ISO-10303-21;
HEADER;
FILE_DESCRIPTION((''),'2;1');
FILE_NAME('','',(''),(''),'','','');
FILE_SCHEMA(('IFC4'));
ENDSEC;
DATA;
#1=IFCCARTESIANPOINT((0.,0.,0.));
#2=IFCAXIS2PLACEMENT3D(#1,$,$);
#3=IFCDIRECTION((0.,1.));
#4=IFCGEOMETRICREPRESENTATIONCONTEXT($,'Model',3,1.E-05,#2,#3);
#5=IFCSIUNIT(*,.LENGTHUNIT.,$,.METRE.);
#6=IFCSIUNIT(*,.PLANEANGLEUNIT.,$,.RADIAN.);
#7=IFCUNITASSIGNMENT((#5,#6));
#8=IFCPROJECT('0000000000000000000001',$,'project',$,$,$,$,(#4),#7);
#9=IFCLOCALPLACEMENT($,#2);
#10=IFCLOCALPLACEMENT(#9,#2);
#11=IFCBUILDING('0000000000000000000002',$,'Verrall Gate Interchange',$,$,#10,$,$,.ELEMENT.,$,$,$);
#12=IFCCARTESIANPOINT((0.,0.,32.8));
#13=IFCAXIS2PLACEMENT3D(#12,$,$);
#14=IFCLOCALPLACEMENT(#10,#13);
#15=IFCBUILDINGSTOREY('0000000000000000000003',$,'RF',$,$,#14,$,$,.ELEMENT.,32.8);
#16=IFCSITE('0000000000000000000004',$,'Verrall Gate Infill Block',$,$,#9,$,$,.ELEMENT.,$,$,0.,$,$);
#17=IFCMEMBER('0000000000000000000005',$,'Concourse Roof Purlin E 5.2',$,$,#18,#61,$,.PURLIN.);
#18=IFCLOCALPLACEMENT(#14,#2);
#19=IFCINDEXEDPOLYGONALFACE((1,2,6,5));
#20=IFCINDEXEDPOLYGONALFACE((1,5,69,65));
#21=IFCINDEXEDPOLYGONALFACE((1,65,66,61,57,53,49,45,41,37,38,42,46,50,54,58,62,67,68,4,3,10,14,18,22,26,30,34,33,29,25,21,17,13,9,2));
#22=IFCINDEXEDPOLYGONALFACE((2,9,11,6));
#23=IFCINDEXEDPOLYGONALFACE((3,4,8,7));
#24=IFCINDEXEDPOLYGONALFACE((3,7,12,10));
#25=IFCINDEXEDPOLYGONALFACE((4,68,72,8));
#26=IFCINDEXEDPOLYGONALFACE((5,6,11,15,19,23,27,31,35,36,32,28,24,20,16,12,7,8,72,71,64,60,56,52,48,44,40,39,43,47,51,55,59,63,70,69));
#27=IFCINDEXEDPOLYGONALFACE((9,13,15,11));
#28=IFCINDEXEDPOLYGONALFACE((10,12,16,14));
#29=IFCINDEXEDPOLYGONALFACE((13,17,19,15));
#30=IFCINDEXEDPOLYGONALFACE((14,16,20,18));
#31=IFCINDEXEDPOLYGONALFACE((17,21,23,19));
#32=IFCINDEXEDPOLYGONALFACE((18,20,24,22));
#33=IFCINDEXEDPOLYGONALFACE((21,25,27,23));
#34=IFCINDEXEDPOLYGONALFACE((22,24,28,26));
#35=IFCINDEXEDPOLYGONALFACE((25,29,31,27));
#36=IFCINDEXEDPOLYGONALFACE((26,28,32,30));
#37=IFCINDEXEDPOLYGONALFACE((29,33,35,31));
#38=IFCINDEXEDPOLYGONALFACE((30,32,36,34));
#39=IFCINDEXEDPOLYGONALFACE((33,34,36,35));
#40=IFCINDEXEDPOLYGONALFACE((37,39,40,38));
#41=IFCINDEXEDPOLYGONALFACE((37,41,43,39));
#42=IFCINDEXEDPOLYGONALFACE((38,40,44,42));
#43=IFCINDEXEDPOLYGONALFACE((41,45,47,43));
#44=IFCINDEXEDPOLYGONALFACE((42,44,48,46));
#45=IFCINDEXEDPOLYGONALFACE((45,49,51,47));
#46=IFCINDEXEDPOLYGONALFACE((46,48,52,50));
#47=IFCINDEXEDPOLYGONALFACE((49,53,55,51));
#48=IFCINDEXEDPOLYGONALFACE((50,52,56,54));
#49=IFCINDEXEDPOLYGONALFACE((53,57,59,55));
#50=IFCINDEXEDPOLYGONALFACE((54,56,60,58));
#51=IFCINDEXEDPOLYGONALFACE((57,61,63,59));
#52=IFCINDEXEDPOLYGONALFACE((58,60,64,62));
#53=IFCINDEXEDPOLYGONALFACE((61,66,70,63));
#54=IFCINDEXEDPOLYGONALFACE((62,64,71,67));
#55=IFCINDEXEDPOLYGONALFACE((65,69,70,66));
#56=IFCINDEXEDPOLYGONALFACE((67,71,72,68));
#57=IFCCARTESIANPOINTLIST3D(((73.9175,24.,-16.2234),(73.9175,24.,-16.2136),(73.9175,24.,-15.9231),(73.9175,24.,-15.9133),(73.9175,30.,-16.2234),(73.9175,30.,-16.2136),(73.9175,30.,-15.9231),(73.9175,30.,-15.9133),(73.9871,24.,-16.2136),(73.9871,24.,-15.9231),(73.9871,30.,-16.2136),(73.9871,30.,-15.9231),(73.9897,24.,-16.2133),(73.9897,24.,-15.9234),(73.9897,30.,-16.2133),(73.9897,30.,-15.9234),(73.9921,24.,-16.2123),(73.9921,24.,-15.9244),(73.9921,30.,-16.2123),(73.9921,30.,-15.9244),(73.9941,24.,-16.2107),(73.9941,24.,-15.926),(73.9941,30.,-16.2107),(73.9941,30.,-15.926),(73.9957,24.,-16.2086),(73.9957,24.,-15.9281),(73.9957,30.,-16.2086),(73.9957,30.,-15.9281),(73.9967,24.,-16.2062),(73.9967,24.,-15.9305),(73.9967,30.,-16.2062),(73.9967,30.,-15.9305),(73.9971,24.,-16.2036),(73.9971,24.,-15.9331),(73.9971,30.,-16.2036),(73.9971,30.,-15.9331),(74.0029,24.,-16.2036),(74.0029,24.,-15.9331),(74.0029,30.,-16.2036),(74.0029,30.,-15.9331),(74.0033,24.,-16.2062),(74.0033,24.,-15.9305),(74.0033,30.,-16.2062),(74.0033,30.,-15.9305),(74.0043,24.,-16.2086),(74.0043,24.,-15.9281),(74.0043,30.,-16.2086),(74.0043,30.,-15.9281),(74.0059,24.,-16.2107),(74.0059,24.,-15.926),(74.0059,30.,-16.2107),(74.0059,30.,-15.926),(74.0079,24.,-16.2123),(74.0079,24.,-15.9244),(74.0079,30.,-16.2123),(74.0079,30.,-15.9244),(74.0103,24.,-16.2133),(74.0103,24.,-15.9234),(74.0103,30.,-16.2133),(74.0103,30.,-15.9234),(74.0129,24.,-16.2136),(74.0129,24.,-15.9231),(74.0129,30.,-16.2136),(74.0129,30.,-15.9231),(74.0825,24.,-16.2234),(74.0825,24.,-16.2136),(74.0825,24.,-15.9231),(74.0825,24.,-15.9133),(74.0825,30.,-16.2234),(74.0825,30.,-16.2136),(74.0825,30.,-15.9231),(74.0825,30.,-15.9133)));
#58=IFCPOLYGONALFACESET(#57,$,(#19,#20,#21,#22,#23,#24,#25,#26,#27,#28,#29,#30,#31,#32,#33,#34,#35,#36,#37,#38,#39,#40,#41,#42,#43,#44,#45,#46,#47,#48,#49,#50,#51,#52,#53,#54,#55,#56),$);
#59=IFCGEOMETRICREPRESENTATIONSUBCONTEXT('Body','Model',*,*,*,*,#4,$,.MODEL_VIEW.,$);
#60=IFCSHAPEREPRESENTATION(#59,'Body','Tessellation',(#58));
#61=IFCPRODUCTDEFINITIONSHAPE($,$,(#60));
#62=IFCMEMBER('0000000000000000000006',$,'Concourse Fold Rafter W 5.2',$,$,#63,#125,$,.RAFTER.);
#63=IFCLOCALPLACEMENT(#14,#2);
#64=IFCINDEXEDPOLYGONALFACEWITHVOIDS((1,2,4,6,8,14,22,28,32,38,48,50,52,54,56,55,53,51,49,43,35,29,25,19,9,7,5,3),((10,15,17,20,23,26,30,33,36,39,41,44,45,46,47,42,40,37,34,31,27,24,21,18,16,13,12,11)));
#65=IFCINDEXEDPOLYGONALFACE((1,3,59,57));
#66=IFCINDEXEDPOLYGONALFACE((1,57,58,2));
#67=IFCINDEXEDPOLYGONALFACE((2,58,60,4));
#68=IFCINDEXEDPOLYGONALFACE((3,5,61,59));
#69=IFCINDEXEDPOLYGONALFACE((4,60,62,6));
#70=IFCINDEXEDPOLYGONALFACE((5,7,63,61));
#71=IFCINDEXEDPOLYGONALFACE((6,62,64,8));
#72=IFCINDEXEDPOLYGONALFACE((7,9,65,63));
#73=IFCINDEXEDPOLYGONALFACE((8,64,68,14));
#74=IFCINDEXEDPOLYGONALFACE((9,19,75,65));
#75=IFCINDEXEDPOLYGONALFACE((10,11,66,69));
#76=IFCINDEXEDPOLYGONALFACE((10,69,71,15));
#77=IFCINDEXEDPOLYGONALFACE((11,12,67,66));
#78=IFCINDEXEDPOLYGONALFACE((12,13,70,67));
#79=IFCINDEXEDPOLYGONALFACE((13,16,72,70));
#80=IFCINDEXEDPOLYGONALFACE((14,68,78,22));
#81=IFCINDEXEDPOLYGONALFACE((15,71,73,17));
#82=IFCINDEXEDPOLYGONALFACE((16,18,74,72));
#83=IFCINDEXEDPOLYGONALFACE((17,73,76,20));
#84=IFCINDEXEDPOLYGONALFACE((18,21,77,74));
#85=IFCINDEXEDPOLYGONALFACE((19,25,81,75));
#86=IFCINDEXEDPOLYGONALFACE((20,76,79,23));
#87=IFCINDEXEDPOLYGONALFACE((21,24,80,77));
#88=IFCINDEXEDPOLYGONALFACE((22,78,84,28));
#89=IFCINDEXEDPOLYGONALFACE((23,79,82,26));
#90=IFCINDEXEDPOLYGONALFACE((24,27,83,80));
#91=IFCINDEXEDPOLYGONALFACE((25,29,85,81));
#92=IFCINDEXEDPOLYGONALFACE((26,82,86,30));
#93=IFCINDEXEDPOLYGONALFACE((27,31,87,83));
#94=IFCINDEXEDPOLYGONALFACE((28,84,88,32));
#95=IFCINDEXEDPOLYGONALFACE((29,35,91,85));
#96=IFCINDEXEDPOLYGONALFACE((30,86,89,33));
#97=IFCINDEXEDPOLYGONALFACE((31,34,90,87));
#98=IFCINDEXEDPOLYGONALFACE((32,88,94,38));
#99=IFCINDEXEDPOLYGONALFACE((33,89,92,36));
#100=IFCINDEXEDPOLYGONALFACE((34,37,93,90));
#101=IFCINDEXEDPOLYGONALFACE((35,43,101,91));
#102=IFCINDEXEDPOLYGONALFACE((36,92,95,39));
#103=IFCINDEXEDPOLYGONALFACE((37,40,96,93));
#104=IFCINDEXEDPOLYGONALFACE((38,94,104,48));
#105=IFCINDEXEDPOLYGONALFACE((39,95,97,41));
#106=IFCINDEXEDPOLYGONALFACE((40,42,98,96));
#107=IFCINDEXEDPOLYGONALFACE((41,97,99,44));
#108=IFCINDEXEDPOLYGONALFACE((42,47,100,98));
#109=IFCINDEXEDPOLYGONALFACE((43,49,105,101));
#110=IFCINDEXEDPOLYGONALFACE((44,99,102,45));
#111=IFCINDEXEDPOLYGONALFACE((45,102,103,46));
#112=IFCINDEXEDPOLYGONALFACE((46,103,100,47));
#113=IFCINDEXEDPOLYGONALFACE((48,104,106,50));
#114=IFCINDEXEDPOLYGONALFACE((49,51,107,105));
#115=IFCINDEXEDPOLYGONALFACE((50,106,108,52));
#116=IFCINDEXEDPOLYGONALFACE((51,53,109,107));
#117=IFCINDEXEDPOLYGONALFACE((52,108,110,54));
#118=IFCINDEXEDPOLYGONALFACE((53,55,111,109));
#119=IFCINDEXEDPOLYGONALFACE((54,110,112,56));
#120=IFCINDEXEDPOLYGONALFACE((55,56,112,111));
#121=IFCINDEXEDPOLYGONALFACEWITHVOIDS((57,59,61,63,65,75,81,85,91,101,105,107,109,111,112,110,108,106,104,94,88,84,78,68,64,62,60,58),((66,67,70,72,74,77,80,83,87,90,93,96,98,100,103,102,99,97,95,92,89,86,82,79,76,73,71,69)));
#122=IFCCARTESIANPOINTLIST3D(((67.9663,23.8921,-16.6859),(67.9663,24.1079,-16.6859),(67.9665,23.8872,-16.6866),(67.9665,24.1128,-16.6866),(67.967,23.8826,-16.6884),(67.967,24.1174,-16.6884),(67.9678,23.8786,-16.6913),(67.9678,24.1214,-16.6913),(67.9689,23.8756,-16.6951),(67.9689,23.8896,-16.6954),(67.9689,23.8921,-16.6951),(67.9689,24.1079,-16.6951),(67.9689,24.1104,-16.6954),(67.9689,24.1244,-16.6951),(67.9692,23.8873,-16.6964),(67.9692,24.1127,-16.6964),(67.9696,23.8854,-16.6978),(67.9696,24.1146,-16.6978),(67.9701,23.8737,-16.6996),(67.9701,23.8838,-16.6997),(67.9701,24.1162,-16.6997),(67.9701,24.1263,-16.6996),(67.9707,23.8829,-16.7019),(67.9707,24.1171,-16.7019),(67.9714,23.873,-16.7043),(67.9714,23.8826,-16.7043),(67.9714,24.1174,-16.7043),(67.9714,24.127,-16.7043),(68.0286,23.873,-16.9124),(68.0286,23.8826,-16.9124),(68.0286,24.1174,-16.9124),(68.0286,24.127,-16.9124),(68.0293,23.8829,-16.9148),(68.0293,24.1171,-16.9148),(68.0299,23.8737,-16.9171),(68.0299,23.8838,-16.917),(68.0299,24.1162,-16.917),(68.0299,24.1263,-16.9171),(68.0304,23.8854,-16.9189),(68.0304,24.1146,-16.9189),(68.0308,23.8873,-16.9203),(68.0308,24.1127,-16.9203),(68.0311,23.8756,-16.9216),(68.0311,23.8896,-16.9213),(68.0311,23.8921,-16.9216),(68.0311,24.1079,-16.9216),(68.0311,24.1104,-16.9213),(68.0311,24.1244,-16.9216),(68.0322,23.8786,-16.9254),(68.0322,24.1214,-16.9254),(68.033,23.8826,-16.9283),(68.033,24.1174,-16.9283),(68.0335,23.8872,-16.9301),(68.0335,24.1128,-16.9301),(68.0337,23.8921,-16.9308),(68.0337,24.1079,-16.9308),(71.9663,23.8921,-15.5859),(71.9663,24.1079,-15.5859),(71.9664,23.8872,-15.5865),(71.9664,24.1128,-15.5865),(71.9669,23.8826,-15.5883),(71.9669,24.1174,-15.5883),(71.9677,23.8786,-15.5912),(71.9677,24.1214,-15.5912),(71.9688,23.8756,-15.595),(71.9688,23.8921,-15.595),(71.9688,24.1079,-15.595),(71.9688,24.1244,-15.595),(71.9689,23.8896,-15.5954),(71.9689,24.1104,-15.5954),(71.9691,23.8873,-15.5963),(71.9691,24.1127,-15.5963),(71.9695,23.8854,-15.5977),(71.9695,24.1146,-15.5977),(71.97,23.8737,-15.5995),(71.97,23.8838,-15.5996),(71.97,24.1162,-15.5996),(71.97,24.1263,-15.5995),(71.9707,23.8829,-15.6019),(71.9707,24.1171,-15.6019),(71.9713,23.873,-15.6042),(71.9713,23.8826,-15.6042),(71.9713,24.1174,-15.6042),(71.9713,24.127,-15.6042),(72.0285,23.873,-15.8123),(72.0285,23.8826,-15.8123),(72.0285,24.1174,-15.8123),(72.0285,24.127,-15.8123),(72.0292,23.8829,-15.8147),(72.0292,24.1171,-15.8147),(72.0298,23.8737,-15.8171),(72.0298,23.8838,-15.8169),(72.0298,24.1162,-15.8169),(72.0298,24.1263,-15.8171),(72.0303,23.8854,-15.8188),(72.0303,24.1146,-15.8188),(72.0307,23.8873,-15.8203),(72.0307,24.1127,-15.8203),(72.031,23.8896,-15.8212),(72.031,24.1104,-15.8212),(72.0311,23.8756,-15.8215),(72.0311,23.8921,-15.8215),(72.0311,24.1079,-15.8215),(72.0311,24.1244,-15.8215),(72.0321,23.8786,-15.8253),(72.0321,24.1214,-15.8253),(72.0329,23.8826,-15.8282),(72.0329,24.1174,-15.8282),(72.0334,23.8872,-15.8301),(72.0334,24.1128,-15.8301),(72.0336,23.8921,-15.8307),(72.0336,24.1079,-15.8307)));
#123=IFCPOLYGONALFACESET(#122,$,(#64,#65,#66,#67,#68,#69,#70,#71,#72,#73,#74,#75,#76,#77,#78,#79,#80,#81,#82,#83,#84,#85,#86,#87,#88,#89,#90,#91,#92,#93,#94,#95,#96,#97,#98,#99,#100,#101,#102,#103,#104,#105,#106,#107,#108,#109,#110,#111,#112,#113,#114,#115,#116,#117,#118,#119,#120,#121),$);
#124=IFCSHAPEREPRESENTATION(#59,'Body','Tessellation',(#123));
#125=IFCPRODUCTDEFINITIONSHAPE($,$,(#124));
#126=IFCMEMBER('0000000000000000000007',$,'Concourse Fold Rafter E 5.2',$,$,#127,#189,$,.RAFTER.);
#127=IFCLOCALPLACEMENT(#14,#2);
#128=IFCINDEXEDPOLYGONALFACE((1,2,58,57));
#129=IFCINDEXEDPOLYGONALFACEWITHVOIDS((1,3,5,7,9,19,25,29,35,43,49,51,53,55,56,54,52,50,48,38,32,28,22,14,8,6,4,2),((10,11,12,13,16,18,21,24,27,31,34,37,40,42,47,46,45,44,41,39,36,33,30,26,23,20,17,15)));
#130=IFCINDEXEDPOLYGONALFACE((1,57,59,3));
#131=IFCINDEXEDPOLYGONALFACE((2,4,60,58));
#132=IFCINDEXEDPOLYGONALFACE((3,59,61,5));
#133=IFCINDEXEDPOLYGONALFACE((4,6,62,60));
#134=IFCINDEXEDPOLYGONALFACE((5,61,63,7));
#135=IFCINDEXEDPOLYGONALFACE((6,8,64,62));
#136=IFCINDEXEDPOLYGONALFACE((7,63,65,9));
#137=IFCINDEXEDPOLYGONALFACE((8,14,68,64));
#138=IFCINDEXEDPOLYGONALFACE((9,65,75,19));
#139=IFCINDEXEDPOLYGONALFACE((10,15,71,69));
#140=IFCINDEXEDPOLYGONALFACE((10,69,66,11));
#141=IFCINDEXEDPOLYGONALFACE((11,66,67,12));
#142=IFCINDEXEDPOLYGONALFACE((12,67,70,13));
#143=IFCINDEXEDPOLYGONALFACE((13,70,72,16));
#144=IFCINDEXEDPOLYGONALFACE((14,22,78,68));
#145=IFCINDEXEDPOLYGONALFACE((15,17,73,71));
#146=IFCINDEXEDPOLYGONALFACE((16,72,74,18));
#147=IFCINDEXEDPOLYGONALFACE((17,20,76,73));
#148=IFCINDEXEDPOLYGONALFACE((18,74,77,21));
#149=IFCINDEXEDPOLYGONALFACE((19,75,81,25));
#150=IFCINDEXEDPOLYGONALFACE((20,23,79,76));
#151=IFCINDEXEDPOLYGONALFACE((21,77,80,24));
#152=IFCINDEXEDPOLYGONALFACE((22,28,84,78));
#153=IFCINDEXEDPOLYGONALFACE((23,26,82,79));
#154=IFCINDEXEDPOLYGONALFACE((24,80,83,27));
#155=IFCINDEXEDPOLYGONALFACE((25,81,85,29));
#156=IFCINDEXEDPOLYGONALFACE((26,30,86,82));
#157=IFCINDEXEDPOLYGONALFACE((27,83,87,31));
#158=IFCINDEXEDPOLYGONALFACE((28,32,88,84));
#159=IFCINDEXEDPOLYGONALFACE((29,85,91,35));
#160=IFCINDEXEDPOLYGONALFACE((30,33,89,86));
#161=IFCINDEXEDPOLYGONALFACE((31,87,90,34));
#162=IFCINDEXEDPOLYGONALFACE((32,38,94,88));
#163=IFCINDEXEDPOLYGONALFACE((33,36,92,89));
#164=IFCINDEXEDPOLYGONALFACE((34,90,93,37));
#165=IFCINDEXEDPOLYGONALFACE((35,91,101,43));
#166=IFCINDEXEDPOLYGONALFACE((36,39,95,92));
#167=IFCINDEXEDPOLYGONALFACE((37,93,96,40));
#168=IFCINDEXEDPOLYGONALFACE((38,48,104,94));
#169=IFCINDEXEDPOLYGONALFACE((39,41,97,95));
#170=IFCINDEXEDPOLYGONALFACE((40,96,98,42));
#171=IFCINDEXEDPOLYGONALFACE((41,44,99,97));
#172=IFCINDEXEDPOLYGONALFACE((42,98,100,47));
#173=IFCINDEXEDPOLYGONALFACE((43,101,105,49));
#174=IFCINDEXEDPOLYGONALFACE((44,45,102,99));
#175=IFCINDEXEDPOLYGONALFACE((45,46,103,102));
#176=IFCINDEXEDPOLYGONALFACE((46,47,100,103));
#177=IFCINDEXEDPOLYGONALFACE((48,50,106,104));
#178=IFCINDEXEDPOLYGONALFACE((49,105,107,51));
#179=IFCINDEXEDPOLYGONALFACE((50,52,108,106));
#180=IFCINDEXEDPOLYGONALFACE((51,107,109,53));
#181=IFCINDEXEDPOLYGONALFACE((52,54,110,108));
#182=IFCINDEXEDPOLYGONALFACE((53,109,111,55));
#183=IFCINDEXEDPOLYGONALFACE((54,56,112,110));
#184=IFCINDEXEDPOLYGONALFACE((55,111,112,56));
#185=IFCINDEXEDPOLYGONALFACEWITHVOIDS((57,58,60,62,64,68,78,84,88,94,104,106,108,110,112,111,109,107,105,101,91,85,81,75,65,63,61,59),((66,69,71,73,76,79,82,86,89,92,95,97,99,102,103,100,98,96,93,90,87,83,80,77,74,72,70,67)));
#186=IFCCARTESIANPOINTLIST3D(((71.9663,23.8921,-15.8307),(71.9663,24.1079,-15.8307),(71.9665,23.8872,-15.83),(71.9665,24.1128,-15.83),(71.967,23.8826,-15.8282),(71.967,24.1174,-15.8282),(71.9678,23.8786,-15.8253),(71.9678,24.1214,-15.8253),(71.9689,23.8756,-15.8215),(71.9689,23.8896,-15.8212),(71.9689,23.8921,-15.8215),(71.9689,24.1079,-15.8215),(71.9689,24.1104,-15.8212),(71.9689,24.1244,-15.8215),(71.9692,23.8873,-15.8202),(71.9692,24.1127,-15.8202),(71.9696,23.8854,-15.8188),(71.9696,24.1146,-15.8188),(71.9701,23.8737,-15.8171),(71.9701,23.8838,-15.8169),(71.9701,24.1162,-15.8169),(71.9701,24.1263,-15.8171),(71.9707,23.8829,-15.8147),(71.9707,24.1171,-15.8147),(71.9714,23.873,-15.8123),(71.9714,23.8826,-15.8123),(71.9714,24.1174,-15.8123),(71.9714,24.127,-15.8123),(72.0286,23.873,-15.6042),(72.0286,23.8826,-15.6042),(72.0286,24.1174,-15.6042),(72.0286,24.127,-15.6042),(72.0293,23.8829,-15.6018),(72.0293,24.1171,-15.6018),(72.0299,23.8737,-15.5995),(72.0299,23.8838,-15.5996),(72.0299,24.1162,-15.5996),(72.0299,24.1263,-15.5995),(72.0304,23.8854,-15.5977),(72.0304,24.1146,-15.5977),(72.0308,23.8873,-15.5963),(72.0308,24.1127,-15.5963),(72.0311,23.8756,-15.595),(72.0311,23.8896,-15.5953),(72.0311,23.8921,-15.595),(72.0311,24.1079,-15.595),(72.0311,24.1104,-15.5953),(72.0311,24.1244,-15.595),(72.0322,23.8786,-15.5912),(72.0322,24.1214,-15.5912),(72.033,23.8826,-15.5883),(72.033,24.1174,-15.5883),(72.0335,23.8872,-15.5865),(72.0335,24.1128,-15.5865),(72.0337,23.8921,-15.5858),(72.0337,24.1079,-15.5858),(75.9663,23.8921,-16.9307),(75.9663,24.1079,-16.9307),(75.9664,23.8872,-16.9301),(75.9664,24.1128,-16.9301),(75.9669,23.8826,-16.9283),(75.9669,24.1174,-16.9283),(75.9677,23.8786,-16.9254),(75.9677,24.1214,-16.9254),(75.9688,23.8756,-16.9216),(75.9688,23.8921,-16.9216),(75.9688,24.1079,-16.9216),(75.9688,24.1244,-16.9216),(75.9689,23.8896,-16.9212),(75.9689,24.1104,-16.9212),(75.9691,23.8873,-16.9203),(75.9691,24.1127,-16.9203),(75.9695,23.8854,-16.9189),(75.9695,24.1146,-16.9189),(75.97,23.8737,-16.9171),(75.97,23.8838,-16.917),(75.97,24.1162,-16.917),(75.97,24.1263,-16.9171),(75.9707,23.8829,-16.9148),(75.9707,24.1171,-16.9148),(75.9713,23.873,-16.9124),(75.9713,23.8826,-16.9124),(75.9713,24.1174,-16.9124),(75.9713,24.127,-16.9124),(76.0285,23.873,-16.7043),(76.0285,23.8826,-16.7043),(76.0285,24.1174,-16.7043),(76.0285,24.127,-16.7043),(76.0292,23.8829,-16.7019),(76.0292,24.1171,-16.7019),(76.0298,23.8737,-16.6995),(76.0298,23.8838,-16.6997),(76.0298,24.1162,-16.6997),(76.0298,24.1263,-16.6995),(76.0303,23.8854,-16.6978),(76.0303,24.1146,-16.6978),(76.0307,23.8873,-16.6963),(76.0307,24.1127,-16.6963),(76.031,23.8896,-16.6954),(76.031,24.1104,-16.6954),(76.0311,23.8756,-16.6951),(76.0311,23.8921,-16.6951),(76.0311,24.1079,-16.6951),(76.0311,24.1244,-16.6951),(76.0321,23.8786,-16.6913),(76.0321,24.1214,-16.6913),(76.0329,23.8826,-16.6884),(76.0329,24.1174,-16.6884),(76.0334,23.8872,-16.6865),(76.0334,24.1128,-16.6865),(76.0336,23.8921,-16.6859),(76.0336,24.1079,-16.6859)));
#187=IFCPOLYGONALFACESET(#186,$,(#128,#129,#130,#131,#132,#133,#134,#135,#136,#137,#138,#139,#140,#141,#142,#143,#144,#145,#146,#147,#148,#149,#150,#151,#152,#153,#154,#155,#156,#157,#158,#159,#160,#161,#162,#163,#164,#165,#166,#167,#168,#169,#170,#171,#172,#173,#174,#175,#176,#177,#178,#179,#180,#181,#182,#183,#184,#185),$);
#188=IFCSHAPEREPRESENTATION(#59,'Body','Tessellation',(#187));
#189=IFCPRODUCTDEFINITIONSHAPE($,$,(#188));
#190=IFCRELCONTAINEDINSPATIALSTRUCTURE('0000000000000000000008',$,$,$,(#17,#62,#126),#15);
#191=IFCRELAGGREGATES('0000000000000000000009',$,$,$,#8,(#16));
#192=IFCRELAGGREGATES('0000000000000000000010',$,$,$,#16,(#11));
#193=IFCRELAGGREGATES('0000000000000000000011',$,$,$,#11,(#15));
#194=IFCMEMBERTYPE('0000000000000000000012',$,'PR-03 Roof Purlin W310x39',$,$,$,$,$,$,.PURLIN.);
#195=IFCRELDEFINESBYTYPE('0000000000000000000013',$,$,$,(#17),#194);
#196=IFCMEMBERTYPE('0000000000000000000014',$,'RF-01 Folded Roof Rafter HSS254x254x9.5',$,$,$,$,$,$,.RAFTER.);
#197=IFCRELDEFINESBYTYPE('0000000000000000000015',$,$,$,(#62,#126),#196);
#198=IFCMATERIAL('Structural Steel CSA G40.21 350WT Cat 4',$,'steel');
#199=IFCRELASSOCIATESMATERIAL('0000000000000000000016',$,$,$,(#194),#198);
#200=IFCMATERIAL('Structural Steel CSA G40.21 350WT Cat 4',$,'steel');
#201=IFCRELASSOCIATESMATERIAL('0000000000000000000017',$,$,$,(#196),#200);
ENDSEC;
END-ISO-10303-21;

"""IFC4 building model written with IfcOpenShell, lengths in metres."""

from ifc_helpers import new_model, si_unit, direction, frame, origin, origin_2d, place, context, subcontext, project, spatial, hollow_rectangle, i_section, extrude, material, material_profile, profile_set, type_object, element, save


model = new_model("IFC4")

# Units and contexts
model_context = context("Model", 3, precision=1e-05, world=origin(), true_north=direction((0.0, 1.0)))
body_context = subcontext(model_context, "Body", "Model", "MODEL_VIEW")
ifc_project = project(units=[si_unit("LENGTHUNIT", "METRE"), si_unit("PLANEANGLEUNIT", "RADIAN")], contexts=[model_context])

# Site, building, storey
site_placement = place(None, origin())
site = spatial("IfcSite", under=ifc_project, at=site_placement, Name="Verrall Gate Infill Block", CompositionType="ELEMENT", RefElevation=0.0)
building_placement = place(site_placement, origin())
building = spatial("IfcBuilding", under=site, at=building_placement, Name="Verrall Gate Interchange", CompositionType="ELEMENT")
storey_placement = place(building_placement, frame((0.0, 0.0, 32.8)))
storey = spatial("IfcBuildingStorey", under=building, at=storey_placement, Name="RF", CompositionType="ELEMENT", Elevation=32.8)

# Members
ifc_material_1 = material(Name="Structural Steel CSA G40.21 350WT Cat 4", Category="steel")
ifc_material_profile_1 = material_profile(ifc_material_1, i_section(OverallWidth=0.165, OverallDepth=0.3101, WebThickness=0.0059, FlangeThickness=0.0098, FilletRadius=0.01, at=origin_2d()), Name="W310x39")
ifc_profile_set_1 = profile_set([ifc_material_profile_1], Name="Structural Steel CSA G40.21 350WT Cat 4")
member_type_1 = type_object("IfcMemberType", Name="PR-03 Roof Purlin W310x39", PredefinedType="PURLIN", material=ifc_profile_set_1)
for number, where, z_axis, x_axis, name in (
    (1, (74.0, 24.0, -16.0684), (0.0, 1.0, 0.0), (-1.0, 0.0, 0.0), "Concourse Roof Purlin E 5.2"),
):
    element("IfcMember", number, at=place(storey_placement, frame(where, z_axis=z_axis, x_axis=x_axis)), inside=storey, type_object=member_type_1, Name=name, PredefinedType="PURLIN", context=body_context, shape_type="SweptSolid", body=[
        extrude(i_section(OverallWidth=0.165, OverallDepth=0.3101, WebThickness=0.0059, FlangeThickness=0.0098, FilletRadius=0.01, at=origin_2d()), origin(), (0.0, 0.0, 1.0), 6.0),
    ])
ifc_material_2 = material(Name="Structural Steel CSA G40.21 350WT Cat 4", Category="steel")
ifc_material_profile_2 = material_profile(ifc_material_2, hollow_rectangle(XDim=0.2539, YDim=0.2539, WallThickness=0.0095, InnerFilletRadius=0.0095, OuterFilletRadius=0.019, at=origin_2d()), Name="HSS254x254x9.5")
ifc_profile_set_2 = profile_set([ifc_material_profile_2], Name="Structural Steel CSA G40.21 350WT Cat 4")
member_type_2 = type_object("IfcMemberType", Name="RF-01 Folded Roof Rafter HSS254x254x9.5", PredefinedType="RAFTER", material=ifc_profile_set_2)
for number, where, z_axis, x_axis, name in (
    (2, (68.0, 24.0, -16.8083), (0.964199, 0.0, 0.265178), (0.0, 1.0, 0.0), "Concourse Fold Rafter W 5.2"),
    (3, (72.0, 24.0, -15.7083), (0.964199, 0.0, -0.265178), (0.0, 1.0, 0.0), "Concourse Fold Rafter E 5.2"),
):
    element("IfcMember", number, at=place(storey_placement, frame(where, z_axis=z_axis, x_axis=x_axis)), inside=storey, type_object=member_type_2, Name=name, PredefinedType="RAFTER", context=body_context, shape_type="SweptSolid", body=[
        extrude(hollow_rectangle(XDim=0.2539, YDim=0.2539, WallThickness=0.0095, InnerFilletRadius=0.0095, OuterFilletRadius=0.019, at=origin_2d()), origin(), (0.0, 0.0, 1.0), 4.1484),
    ])

save(model, "model.ifc")
